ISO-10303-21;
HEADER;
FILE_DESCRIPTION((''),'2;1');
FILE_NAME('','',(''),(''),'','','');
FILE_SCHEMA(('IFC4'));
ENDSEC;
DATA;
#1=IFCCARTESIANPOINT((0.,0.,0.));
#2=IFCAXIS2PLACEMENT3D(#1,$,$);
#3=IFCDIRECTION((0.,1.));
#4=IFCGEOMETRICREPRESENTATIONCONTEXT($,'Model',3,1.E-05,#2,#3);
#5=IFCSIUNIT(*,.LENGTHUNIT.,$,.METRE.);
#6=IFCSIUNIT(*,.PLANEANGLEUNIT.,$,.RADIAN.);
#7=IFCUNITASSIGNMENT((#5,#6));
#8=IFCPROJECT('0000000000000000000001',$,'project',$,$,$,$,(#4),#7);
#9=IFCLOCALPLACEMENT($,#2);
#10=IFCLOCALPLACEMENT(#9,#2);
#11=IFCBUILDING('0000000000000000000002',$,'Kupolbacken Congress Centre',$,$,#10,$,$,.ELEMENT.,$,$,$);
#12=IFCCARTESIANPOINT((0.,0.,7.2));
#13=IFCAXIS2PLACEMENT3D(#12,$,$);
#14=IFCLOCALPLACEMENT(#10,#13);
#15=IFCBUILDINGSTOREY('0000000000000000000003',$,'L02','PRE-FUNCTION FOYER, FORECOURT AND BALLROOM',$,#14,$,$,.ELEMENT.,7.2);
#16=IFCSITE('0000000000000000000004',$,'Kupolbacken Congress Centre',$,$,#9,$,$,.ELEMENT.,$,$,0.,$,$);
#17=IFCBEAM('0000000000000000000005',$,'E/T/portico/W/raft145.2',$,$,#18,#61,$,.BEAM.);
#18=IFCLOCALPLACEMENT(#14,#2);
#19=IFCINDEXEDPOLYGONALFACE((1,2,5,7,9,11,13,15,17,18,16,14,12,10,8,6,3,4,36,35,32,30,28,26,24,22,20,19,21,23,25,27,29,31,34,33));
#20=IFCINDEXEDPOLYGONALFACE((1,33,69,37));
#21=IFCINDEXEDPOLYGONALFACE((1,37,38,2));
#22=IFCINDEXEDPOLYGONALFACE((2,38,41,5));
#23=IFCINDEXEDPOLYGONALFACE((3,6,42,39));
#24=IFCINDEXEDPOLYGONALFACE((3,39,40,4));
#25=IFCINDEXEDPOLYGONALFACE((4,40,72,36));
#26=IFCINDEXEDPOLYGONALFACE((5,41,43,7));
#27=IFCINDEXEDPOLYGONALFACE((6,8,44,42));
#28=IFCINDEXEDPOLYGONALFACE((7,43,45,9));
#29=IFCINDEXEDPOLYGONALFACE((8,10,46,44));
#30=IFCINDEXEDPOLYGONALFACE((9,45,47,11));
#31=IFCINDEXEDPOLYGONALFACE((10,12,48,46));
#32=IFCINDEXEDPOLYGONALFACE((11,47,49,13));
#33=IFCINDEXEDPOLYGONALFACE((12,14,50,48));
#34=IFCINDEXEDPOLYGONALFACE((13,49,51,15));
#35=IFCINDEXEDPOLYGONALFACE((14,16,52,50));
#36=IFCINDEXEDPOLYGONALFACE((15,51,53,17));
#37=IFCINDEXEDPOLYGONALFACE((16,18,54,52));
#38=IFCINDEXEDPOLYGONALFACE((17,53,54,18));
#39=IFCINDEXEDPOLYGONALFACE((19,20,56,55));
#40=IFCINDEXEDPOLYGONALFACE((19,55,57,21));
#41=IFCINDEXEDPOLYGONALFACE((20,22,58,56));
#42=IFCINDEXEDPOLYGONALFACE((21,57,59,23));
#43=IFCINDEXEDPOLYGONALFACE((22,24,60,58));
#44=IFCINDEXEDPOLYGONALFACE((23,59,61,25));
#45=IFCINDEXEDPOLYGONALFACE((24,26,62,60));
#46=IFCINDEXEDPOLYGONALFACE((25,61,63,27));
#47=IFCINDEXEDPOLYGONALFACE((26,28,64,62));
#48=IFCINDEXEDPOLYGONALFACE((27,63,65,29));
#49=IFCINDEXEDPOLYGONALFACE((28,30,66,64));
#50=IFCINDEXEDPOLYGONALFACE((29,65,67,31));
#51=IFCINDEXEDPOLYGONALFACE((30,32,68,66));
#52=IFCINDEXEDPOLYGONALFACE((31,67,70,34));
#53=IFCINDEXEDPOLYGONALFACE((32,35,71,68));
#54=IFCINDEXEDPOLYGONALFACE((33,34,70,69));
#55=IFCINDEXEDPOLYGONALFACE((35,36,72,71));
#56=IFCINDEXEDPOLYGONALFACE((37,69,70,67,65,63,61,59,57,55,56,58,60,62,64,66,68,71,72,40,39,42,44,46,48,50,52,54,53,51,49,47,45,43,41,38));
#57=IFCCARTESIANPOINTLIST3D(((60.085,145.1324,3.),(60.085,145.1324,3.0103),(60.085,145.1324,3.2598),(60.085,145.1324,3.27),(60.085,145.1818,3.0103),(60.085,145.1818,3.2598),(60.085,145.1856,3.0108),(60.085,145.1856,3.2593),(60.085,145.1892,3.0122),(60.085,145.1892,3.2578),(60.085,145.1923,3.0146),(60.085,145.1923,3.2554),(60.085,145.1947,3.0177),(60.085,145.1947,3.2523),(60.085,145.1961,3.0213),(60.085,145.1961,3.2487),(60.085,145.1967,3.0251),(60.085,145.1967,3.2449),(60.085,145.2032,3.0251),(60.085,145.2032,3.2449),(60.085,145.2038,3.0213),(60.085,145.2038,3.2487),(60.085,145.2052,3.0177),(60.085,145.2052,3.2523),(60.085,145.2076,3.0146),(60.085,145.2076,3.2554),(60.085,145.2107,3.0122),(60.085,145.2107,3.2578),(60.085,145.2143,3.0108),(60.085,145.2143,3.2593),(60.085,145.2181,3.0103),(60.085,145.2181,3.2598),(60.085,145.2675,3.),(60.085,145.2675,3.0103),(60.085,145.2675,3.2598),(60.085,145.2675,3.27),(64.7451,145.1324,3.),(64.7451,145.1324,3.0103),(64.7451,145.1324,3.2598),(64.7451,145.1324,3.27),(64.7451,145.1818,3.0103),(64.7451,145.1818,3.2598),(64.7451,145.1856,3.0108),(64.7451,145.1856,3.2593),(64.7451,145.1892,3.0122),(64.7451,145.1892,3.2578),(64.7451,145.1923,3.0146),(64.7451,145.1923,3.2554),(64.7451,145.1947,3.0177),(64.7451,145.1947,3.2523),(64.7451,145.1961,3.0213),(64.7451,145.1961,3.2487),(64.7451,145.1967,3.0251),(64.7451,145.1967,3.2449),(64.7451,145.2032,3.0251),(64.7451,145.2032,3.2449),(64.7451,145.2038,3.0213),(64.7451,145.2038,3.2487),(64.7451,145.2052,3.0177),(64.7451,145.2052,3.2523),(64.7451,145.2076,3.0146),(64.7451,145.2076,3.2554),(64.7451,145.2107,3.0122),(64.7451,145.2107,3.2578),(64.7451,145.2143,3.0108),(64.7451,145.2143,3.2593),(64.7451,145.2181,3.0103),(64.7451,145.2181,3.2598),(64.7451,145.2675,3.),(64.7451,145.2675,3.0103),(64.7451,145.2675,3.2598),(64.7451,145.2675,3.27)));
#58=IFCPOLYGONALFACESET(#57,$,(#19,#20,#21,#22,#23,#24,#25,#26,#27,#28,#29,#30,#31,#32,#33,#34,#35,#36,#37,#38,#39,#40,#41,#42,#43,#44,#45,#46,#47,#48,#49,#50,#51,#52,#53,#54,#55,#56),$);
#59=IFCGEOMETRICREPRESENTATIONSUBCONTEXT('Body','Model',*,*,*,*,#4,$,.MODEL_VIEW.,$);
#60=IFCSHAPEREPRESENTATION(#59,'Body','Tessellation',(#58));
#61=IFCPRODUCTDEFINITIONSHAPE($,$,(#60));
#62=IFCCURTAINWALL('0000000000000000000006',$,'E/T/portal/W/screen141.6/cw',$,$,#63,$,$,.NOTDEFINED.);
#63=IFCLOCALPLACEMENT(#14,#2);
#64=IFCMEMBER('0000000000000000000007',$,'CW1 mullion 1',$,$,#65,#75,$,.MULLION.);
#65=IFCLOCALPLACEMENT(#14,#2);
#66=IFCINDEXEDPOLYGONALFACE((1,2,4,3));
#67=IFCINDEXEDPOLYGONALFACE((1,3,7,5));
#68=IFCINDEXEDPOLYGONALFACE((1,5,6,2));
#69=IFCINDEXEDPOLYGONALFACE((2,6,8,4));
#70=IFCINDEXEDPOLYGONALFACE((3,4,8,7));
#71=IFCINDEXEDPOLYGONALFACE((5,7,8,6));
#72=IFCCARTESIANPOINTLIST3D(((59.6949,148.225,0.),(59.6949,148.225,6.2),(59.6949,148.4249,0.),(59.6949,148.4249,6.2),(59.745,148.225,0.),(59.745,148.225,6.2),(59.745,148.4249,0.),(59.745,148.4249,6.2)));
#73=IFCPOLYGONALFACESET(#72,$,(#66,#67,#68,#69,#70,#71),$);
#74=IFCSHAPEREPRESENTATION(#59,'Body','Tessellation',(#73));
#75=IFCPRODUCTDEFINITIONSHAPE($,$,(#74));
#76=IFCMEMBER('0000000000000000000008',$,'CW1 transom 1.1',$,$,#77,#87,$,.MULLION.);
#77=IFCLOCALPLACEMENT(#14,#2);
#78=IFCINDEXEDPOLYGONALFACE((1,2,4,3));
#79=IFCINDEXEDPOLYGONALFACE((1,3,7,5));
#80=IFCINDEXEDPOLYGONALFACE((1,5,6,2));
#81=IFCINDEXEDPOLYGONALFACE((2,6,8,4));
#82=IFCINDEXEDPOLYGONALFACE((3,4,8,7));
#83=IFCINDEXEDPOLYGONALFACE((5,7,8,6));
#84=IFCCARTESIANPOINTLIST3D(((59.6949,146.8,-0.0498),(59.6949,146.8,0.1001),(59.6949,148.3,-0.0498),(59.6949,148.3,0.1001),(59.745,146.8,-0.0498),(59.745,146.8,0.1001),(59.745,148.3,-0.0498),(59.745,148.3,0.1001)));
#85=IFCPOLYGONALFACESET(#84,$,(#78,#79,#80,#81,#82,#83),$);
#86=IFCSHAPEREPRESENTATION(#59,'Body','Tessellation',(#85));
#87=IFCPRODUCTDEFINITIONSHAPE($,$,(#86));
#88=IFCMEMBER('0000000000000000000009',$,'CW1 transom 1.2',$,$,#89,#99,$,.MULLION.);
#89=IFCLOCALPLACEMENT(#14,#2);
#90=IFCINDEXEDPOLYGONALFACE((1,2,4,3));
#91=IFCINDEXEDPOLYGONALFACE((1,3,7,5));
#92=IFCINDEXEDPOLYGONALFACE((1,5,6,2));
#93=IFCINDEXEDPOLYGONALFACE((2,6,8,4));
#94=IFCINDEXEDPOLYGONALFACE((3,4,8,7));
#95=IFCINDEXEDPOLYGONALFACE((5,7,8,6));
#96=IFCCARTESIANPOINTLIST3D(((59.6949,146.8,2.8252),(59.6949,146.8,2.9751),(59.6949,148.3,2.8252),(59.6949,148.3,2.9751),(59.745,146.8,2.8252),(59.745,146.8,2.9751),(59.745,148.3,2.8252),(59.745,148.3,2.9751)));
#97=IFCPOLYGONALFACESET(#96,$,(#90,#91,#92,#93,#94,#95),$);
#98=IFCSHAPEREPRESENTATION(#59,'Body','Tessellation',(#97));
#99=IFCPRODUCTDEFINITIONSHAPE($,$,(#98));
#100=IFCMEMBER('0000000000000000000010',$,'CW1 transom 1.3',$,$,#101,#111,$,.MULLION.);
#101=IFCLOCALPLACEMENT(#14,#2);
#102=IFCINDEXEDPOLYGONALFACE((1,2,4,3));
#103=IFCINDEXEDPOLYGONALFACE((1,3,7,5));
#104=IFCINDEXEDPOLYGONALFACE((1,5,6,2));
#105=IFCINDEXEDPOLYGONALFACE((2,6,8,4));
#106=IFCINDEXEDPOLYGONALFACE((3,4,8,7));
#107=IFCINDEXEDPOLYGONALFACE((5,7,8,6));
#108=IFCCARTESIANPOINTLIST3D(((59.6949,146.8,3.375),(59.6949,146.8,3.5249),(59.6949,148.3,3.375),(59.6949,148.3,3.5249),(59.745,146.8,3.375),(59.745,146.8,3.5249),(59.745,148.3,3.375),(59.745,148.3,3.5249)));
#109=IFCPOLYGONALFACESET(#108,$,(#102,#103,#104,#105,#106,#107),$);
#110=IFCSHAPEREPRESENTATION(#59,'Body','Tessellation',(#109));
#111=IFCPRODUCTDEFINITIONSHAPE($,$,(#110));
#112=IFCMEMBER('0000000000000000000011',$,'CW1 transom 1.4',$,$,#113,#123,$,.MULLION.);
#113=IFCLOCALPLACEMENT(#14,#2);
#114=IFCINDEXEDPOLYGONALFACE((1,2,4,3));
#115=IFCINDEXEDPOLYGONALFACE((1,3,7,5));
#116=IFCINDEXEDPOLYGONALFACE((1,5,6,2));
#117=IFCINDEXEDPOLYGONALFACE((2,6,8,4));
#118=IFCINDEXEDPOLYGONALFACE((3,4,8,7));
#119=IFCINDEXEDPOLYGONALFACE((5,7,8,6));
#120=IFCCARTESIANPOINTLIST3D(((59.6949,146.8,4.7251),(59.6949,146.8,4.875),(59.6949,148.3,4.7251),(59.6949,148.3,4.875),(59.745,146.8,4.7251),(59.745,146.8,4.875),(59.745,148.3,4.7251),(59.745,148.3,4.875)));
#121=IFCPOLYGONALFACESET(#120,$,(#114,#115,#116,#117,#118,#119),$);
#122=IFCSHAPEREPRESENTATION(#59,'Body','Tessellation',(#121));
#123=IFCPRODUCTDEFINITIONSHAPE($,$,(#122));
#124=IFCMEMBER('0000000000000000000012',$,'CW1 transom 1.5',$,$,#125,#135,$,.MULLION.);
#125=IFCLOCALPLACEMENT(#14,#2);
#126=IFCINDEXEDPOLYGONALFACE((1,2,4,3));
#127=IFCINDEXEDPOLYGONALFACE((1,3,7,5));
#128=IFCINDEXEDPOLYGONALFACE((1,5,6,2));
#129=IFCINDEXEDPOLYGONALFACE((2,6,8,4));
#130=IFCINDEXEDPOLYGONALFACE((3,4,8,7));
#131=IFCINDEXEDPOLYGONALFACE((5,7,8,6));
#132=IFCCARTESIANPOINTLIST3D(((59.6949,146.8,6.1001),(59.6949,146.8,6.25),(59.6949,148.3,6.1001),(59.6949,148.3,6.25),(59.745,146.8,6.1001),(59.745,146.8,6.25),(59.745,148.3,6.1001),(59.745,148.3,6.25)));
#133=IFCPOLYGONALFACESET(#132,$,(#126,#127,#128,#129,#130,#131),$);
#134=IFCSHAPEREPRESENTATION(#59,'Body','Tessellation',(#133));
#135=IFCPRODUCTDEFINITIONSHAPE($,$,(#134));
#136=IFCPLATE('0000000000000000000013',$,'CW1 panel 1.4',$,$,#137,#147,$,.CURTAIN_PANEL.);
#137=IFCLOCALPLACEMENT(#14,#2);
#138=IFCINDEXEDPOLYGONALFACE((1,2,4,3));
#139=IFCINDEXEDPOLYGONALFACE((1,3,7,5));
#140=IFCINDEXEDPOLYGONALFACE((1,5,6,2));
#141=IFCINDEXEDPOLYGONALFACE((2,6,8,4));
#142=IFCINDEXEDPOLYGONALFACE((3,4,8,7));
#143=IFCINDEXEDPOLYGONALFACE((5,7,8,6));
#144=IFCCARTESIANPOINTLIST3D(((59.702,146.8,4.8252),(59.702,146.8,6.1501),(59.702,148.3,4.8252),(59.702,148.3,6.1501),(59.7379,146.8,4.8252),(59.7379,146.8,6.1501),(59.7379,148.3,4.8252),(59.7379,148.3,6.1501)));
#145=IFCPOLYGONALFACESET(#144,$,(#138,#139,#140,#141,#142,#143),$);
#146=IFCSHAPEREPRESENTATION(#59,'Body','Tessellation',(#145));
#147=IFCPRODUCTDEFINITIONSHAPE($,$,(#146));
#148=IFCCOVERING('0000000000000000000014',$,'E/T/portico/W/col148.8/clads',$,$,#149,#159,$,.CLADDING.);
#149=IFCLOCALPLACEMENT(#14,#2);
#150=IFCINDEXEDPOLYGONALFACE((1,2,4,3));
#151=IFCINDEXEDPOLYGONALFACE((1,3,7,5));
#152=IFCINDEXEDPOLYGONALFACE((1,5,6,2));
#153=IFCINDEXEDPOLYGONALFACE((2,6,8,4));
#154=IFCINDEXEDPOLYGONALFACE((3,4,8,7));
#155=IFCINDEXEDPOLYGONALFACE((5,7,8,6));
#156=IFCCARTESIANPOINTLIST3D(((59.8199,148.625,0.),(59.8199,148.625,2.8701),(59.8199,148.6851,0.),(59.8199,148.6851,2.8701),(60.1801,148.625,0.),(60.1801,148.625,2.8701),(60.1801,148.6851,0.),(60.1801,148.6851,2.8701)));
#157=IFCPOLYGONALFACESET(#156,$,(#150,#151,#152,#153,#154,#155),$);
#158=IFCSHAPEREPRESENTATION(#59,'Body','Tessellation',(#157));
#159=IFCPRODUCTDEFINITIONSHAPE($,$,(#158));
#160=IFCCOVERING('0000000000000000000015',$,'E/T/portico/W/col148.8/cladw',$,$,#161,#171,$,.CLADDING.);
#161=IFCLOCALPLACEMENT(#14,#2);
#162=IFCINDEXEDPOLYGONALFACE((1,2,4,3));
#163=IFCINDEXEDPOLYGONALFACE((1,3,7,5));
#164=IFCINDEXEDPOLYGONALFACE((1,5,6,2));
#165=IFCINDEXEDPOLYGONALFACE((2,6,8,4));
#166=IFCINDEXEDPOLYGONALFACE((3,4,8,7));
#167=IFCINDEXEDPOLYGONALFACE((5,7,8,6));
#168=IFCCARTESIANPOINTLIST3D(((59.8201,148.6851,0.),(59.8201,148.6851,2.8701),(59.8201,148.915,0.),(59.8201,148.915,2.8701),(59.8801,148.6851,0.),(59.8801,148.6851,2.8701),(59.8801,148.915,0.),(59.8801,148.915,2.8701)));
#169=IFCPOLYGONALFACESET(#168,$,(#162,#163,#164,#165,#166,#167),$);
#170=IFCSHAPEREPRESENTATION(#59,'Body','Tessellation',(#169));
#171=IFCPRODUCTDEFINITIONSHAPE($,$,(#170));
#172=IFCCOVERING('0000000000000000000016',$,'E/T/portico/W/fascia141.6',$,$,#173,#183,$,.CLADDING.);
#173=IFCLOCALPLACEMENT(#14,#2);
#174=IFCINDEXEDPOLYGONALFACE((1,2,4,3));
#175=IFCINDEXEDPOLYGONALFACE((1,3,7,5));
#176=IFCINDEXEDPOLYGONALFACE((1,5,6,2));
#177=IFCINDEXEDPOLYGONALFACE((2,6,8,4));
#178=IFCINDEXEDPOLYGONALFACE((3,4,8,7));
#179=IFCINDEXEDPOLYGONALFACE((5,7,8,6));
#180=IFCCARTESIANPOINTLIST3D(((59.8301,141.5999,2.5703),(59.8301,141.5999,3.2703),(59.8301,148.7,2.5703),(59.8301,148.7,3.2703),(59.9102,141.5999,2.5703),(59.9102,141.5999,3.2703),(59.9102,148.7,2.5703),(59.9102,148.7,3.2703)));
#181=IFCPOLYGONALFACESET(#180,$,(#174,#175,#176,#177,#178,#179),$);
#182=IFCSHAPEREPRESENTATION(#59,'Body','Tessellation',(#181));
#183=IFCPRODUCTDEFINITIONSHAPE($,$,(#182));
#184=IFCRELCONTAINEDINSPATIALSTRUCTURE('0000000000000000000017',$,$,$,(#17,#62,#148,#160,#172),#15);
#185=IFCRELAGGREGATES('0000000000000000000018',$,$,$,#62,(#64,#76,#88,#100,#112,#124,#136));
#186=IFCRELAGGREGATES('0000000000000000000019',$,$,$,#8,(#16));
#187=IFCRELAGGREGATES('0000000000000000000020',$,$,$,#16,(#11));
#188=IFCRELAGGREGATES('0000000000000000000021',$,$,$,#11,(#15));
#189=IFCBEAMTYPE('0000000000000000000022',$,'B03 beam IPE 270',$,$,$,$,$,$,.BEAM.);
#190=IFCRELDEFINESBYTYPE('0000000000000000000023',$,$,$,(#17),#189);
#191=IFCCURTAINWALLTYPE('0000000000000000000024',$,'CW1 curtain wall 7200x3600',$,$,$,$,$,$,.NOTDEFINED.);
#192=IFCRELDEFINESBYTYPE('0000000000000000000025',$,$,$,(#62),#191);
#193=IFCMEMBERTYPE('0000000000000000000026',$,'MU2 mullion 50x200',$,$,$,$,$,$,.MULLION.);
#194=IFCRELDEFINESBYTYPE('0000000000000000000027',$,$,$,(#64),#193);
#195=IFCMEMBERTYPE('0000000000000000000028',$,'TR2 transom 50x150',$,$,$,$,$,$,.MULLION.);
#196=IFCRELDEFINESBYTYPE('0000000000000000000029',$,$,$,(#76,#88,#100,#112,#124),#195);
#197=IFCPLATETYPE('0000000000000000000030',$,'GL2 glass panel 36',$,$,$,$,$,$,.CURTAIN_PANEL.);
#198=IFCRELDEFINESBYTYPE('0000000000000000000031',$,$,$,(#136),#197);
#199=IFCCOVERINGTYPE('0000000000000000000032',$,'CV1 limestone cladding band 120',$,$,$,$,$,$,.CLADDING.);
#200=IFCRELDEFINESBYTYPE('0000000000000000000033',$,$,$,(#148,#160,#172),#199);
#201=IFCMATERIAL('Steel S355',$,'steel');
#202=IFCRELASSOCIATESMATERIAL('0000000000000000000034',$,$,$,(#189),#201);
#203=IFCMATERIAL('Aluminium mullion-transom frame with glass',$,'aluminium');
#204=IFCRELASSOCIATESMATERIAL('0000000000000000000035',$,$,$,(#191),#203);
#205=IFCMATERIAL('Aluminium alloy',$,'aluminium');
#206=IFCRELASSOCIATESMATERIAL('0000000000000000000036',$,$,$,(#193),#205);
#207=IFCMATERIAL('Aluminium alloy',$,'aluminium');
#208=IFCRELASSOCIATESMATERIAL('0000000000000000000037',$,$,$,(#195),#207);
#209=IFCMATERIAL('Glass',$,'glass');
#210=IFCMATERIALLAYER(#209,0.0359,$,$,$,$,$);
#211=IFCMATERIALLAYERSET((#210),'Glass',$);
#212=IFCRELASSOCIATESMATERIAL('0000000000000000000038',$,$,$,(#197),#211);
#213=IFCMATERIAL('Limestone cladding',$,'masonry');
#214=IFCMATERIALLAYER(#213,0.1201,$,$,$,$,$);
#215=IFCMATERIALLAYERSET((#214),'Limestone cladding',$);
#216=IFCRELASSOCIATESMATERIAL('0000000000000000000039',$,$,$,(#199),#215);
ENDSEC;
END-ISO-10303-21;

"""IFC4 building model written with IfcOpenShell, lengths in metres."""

from ifc_helpers import new_model, si_unit, direction, frame, origin, origin_2d, place, context, subcontext, project, spatial, rectangle, i_section, extrude, material, layer, layer_set, material_profile, profile_set, type_object, element, aggregate, save


model = new_model("IFC4")

# Units and contexts
model_context = context("Model", 3, precision=1e-05, world=origin(), true_north=direction((0.0, 1.0)))
body_context = subcontext(model_context, "Body", "Model", "MODEL_VIEW")
ifc_project = project(units=[si_unit("LENGTHUNIT", "METRE"), si_unit("PLANEANGLEUNIT", "RADIAN")], contexts=[model_context])

# Site, building, storey
site_placement = place(None, origin())
site = spatial("IfcSite", under=ifc_project, at=site_placement, Name="Kupolbacken Congress Centre", CompositionType="ELEMENT", RefElevation=0.0)
building_placement = place(site_placement, origin())
building = spatial("IfcBuilding", under=site, at=building_placement, Name="Kupolbacken Congress Centre", CompositionType="ELEMENT")
storey_placement = place(building_placement, frame((0.0, 0.0, 7.2)))
storey = spatial("IfcBuildingStorey", under=building, at=storey_placement, Name="L02", Description="PRE-FUNCTION FOYER, FORECOURT AND BALLROOM", CompositionType="ELEMENT", Elevation=7.2)

# Beam
ifc_material_1 = material(Name="Steel S355", Category="steel")
ifc_material_profile_1 = material_profile(ifc_material_1, i_section(OverallWidth=0.135, OverallDepth=0.27, WebThickness=0.0066, FlangeThickness=0.0103, FilletRadius=0.0149, at=origin_2d()), Name="IPE 270")
ifc_profile_set_1 = profile_set([ifc_material_profile_1], Name="Steel S355")
beam_type = type_object("IfcBeamType", Name="B03 beam IPE 270", PredefinedType="BEAM", material=ifc_profile_set_1)
beam_placement = place(storey_placement, frame((64.7451, 145.2, 3.135), z_axis=(-1.0, 0.0, 0.0), x_axis=(0.0, -1.0, 0.0)))
element("IfcBeam", 1, at=beam_placement, inside=storey, type_object=beam_type, Name="E/T/portico/W/raft145.2", PredefinedType="BEAM", context=body_context, shape_type="SweptSolid", body=[
    extrude(i_section(OverallWidth=0.135, OverallDepth=0.27, WebThickness=0.0066, FlangeThickness=0.0103, FilletRadius=0.0149, at=origin_2d()), origin(), (0.0, 0.0, 1.0), 4.6602),
])

# Curtain wall, members, plate
ifc_material_2 = material(Name="Aluminium mullion-transom frame with glass", Category="aluminium")
curtain_wall_type = type_object("IfcCurtainWallType", Name="CW1 curtain wall 7200x3600", PredefinedType="NOTDEFINED", material=ifc_material_2)
curtain_wall_placement = place(storey_placement, origin())
curtain_wall = element("IfcCurtainWall", 2, at=curtain_wall_placement, inside=storey, type_object=curtain_wall_type, Name="E/T/portal/W/screen141.6/cw", PredefinedType="NOTDEFINED")
ifc_material_3 = material(Name="Aluminium alloy", Category="aluminium")
ifc_material_profile_2 = material_profile(ifc_material_3, rectangle(XDim=0.05, YDim=0.2, at=origin_2d()), Name="50 x 200")
ifc_profile_set_2 = profile_set([ifc_material_profile_2], Name="Aluminium alloy")
member_type_1 = type_object("IfcMemberType", Name="MU2 mullion 50x200", PredefinedType="MULLION", material=ifc_profile_set_2)
member_1_placement = place(storey_placement, frame((59.72, 148.325, 0.0), z_axis=(0.0, 0.0, 1.0), x_axis=(1.0, 0.0, 0.0)))
member_1 = element("IfcMember", 3, at=member_1_placement, type_object=member_type_1, Name="CW1 mullion 1", PredefinedType="MULLION", context=body_context, shape_type="SweptSolid", body=[
    extrude(rectangle(XDim=0.05, YDim=0.2, at=origin_2d()), origin(), (0.0, 0.0, 1.0), 6.2),
])
ifc_material_4 = material(Name="Aluminium alloy", Category="aluminium")
ifc_material_profile_3 = material_profile(ifc_material_4, rectangle(XDim=0.05, YDim=0.1499, at=origin_2d()), Name="50 x 150")
ifc_profile_set_3 = profile_set([ifc_material_profile_3], Name="Aluminium alloy")
member_type_2 = type_object("IfcMemberType", Name="TR2 transom 50x150", PredefinedType="MULLION", material=ifc_profile_set_3)
member_2_placement = place(storey_placement, frame((59.72, 148.3, 0.0251), z_axis=(0.0, -1.0, 0.0), x_axis=(1.0, 0.0, 0.0)))
member_2 = element("IfcMember", 4, at=member_2_placement, type_object=member_type_2, Name="CW1 transom 1.1", PredefinedType="MULLION", context=body_context, shape_type="SweptSolid", body=[
    extrude(rectangle(XDim=0.05, YDim=0.1499, at=origin_2d()), origin(), (0.0, 0.0, 1.0), 1.5),
])
member_3_placement = place(storey_placement, frame((59.72, 148.3, 2.9001), z_axis=(0.0, -1.0, 0.0), x_axis=(1.0, 0.0, 0.0)))
member_3 = element("IfcMember", 5, at=member_3_placement, type_object=member_type_2, Name="CW1 transom 1.2", PredefinedType="MULLION", context=body_context, shape_type="SweptSolid", body=[
    extrude(rectangle(XDim=0.05, YDim=0.1499, at=origin_2d()), origin(), (0.0, 0.0, 1.0), 1.5),
])
member_4_placement = place(storey_placement, frame((59.72, 148.3, 3.45), z_axis=(0.0, -1.0, 0.0), x_axis=(1.0, 0.0, 0.0)))
member_4 = element("IfcMember", 6, at=member_4_placement, type_object=member_type_2, Name="CW1 transom 1.3", PredefinedType="MULLION", context=body_context, shape_type="SweptSolid", body=[
    extrude(rectangle(XDim=0.05, YDim=0.1499, at=origin_2d()), origin(), (0.0, 0.0, 1.0), 1.5),
])
member_5_placement = place(storey_placement, frame((59.72, 148.3, 4.8), z_axis=(0.0, -1.0, 0.0), x_axis=(1.0, 0.0, 0.0)))
member_5 = element("IfcMember", 7, at=member_5_placement, type_object=member_type_2, Name="CW1 transom 1.4", PredefinedType="MULLION", context=body_context, shape_type="SweptSolid", body=[
    extrude(rectangle(XDim=0.05, YDim=0.1499, at=origin_2d()), origin(), (0.0, 0.0, 1.0), 1.5),
])
member_6_placement = place(storey_placement, frame((59.72, 148.3, 6.175), z_axis=(0.0, -1.0, 0.0), x_axis=(1.0, 0.0, 0.0)))
member_6 = element("IfcMember", 8, at=member_6_placement, type_object=member_type_2, Name="CW1 transom 1.5", PredefinedType="MULLION", context=body_context, shape_type="SweptSolid", body=[
    extrude(rectangle(XDim=0.05, YDim=0.1499, at=origin_2d()), origin(), (0.0, 0.0, 1.0), 1.5),
])
ifc_material_5 = material(Name="Glass", Category="glass")
ifc_layer_1 = layer(ifc_material_5, 0.0359)
ifc_layer_set_1 = layer_set([ifc_layer_1], Name="Glass")
plate_type = type_object("IfcPlateType", Name="GL2 glass panel 36", PredefinedType="CURTAIN_PANEL", material=ifc_layer_set_1)
plate_placement = place(storey_placement, frame((59.72, 147.55, 4.8252), z_axis=(0.0, 0.0, 1.0), x_axis=(0.0, -1.0, 0.0)))
plate = element("IfcPlate", 9, at=plate_placement, type_object=plate_type, Name="CW1 panel 1.4", PredefinedType="CURTAIN_PANEL", context=body_context, shape_type="SweptSolid", body=[
    extrude(rectangle(XDim=1.5, YDim=0.0359, at=origin_2d()), origin(), (0.0, 0.0, 1.0), 1.325),
])
aggregate(curtain_wall, [member_1, member_2, member_3, member_4, member_5, member_6, plate])

# Coverings
ifc_material_6 = material(Name="Limestone cladding", Category="masonry")
ifc_layer_2 = layer(ifc_material_6, 0.1201)
ifc_layer_set_2 = layer_set([ifc_layer_2], Name="Limestone cladding")
covering_type_1 = type_object("IfcCoveringType", Name="CV1 limestone cladding band 120", PredefinedType="CLADDING", material=ifc_layer_set_2)
covering_1_placement = place(storey_placement, frame((60.0, 148.655, 0.0), z_axis=(0.0, 0.0, 1.0), x_axis=(1.0, 0.0, 0.0)))
element("IfcCovering", 10, at=covering_1_placement, inside=storey, type_object=covering_type_1, Name="E/T/portico/W/col148.8/clads", PredefinedType="CLADDING", context=body_context, shape_type="SweptSolid", body=[
    extrude(rectangle(XDim=0.3601, YDim=0.0601, at=origin_2d()), origin(), (0.0, 0.0, 1.0), 2.8701),
])
covering_2_placement = place(storey_placement, frame((59.8501, 148.8, 0.0), z_axis=(0.0, 0.0, 1.0), x_axis=(1.0, 0.0, 0.0)))
element("IfcCovering", 11, at=covering_2_placement, inside=storey, type_object=covering_type_1, Name="E/T/portico/W/col148.8/cladw", PredefinedType="CLADDING", context=body_context, shape_type="SweptSolid", body=[
    extrude(rectangle(XDim=0.0601, YDim=0.23, at=origin_2d()), origin(), (0.0, 0.0, 1.0), 2.8701),
])
covering_3_placement = place(storey_placement, frame((59.8701, 145.1499, 2.5703), z_axis=(0.0, 0.0, 1.0), x_axis=(0.0, 1.0, 0.0)))
element("IfcCovering", 12, at=covering_3_placement, inside=storey, type_object=covering_type_1, Name="E/T/portico/W/fascia141.6", PredefinedType="CLADDING", context=body_context, shape_type="SweptSolid", body=[
    extrude(rectangle(XDim=7.1001, YDim=0.0801, at=origin_2d()), origin(), (0.0, 0.0, 1.0), 0.7),
])

save(model, "model.ifc")
